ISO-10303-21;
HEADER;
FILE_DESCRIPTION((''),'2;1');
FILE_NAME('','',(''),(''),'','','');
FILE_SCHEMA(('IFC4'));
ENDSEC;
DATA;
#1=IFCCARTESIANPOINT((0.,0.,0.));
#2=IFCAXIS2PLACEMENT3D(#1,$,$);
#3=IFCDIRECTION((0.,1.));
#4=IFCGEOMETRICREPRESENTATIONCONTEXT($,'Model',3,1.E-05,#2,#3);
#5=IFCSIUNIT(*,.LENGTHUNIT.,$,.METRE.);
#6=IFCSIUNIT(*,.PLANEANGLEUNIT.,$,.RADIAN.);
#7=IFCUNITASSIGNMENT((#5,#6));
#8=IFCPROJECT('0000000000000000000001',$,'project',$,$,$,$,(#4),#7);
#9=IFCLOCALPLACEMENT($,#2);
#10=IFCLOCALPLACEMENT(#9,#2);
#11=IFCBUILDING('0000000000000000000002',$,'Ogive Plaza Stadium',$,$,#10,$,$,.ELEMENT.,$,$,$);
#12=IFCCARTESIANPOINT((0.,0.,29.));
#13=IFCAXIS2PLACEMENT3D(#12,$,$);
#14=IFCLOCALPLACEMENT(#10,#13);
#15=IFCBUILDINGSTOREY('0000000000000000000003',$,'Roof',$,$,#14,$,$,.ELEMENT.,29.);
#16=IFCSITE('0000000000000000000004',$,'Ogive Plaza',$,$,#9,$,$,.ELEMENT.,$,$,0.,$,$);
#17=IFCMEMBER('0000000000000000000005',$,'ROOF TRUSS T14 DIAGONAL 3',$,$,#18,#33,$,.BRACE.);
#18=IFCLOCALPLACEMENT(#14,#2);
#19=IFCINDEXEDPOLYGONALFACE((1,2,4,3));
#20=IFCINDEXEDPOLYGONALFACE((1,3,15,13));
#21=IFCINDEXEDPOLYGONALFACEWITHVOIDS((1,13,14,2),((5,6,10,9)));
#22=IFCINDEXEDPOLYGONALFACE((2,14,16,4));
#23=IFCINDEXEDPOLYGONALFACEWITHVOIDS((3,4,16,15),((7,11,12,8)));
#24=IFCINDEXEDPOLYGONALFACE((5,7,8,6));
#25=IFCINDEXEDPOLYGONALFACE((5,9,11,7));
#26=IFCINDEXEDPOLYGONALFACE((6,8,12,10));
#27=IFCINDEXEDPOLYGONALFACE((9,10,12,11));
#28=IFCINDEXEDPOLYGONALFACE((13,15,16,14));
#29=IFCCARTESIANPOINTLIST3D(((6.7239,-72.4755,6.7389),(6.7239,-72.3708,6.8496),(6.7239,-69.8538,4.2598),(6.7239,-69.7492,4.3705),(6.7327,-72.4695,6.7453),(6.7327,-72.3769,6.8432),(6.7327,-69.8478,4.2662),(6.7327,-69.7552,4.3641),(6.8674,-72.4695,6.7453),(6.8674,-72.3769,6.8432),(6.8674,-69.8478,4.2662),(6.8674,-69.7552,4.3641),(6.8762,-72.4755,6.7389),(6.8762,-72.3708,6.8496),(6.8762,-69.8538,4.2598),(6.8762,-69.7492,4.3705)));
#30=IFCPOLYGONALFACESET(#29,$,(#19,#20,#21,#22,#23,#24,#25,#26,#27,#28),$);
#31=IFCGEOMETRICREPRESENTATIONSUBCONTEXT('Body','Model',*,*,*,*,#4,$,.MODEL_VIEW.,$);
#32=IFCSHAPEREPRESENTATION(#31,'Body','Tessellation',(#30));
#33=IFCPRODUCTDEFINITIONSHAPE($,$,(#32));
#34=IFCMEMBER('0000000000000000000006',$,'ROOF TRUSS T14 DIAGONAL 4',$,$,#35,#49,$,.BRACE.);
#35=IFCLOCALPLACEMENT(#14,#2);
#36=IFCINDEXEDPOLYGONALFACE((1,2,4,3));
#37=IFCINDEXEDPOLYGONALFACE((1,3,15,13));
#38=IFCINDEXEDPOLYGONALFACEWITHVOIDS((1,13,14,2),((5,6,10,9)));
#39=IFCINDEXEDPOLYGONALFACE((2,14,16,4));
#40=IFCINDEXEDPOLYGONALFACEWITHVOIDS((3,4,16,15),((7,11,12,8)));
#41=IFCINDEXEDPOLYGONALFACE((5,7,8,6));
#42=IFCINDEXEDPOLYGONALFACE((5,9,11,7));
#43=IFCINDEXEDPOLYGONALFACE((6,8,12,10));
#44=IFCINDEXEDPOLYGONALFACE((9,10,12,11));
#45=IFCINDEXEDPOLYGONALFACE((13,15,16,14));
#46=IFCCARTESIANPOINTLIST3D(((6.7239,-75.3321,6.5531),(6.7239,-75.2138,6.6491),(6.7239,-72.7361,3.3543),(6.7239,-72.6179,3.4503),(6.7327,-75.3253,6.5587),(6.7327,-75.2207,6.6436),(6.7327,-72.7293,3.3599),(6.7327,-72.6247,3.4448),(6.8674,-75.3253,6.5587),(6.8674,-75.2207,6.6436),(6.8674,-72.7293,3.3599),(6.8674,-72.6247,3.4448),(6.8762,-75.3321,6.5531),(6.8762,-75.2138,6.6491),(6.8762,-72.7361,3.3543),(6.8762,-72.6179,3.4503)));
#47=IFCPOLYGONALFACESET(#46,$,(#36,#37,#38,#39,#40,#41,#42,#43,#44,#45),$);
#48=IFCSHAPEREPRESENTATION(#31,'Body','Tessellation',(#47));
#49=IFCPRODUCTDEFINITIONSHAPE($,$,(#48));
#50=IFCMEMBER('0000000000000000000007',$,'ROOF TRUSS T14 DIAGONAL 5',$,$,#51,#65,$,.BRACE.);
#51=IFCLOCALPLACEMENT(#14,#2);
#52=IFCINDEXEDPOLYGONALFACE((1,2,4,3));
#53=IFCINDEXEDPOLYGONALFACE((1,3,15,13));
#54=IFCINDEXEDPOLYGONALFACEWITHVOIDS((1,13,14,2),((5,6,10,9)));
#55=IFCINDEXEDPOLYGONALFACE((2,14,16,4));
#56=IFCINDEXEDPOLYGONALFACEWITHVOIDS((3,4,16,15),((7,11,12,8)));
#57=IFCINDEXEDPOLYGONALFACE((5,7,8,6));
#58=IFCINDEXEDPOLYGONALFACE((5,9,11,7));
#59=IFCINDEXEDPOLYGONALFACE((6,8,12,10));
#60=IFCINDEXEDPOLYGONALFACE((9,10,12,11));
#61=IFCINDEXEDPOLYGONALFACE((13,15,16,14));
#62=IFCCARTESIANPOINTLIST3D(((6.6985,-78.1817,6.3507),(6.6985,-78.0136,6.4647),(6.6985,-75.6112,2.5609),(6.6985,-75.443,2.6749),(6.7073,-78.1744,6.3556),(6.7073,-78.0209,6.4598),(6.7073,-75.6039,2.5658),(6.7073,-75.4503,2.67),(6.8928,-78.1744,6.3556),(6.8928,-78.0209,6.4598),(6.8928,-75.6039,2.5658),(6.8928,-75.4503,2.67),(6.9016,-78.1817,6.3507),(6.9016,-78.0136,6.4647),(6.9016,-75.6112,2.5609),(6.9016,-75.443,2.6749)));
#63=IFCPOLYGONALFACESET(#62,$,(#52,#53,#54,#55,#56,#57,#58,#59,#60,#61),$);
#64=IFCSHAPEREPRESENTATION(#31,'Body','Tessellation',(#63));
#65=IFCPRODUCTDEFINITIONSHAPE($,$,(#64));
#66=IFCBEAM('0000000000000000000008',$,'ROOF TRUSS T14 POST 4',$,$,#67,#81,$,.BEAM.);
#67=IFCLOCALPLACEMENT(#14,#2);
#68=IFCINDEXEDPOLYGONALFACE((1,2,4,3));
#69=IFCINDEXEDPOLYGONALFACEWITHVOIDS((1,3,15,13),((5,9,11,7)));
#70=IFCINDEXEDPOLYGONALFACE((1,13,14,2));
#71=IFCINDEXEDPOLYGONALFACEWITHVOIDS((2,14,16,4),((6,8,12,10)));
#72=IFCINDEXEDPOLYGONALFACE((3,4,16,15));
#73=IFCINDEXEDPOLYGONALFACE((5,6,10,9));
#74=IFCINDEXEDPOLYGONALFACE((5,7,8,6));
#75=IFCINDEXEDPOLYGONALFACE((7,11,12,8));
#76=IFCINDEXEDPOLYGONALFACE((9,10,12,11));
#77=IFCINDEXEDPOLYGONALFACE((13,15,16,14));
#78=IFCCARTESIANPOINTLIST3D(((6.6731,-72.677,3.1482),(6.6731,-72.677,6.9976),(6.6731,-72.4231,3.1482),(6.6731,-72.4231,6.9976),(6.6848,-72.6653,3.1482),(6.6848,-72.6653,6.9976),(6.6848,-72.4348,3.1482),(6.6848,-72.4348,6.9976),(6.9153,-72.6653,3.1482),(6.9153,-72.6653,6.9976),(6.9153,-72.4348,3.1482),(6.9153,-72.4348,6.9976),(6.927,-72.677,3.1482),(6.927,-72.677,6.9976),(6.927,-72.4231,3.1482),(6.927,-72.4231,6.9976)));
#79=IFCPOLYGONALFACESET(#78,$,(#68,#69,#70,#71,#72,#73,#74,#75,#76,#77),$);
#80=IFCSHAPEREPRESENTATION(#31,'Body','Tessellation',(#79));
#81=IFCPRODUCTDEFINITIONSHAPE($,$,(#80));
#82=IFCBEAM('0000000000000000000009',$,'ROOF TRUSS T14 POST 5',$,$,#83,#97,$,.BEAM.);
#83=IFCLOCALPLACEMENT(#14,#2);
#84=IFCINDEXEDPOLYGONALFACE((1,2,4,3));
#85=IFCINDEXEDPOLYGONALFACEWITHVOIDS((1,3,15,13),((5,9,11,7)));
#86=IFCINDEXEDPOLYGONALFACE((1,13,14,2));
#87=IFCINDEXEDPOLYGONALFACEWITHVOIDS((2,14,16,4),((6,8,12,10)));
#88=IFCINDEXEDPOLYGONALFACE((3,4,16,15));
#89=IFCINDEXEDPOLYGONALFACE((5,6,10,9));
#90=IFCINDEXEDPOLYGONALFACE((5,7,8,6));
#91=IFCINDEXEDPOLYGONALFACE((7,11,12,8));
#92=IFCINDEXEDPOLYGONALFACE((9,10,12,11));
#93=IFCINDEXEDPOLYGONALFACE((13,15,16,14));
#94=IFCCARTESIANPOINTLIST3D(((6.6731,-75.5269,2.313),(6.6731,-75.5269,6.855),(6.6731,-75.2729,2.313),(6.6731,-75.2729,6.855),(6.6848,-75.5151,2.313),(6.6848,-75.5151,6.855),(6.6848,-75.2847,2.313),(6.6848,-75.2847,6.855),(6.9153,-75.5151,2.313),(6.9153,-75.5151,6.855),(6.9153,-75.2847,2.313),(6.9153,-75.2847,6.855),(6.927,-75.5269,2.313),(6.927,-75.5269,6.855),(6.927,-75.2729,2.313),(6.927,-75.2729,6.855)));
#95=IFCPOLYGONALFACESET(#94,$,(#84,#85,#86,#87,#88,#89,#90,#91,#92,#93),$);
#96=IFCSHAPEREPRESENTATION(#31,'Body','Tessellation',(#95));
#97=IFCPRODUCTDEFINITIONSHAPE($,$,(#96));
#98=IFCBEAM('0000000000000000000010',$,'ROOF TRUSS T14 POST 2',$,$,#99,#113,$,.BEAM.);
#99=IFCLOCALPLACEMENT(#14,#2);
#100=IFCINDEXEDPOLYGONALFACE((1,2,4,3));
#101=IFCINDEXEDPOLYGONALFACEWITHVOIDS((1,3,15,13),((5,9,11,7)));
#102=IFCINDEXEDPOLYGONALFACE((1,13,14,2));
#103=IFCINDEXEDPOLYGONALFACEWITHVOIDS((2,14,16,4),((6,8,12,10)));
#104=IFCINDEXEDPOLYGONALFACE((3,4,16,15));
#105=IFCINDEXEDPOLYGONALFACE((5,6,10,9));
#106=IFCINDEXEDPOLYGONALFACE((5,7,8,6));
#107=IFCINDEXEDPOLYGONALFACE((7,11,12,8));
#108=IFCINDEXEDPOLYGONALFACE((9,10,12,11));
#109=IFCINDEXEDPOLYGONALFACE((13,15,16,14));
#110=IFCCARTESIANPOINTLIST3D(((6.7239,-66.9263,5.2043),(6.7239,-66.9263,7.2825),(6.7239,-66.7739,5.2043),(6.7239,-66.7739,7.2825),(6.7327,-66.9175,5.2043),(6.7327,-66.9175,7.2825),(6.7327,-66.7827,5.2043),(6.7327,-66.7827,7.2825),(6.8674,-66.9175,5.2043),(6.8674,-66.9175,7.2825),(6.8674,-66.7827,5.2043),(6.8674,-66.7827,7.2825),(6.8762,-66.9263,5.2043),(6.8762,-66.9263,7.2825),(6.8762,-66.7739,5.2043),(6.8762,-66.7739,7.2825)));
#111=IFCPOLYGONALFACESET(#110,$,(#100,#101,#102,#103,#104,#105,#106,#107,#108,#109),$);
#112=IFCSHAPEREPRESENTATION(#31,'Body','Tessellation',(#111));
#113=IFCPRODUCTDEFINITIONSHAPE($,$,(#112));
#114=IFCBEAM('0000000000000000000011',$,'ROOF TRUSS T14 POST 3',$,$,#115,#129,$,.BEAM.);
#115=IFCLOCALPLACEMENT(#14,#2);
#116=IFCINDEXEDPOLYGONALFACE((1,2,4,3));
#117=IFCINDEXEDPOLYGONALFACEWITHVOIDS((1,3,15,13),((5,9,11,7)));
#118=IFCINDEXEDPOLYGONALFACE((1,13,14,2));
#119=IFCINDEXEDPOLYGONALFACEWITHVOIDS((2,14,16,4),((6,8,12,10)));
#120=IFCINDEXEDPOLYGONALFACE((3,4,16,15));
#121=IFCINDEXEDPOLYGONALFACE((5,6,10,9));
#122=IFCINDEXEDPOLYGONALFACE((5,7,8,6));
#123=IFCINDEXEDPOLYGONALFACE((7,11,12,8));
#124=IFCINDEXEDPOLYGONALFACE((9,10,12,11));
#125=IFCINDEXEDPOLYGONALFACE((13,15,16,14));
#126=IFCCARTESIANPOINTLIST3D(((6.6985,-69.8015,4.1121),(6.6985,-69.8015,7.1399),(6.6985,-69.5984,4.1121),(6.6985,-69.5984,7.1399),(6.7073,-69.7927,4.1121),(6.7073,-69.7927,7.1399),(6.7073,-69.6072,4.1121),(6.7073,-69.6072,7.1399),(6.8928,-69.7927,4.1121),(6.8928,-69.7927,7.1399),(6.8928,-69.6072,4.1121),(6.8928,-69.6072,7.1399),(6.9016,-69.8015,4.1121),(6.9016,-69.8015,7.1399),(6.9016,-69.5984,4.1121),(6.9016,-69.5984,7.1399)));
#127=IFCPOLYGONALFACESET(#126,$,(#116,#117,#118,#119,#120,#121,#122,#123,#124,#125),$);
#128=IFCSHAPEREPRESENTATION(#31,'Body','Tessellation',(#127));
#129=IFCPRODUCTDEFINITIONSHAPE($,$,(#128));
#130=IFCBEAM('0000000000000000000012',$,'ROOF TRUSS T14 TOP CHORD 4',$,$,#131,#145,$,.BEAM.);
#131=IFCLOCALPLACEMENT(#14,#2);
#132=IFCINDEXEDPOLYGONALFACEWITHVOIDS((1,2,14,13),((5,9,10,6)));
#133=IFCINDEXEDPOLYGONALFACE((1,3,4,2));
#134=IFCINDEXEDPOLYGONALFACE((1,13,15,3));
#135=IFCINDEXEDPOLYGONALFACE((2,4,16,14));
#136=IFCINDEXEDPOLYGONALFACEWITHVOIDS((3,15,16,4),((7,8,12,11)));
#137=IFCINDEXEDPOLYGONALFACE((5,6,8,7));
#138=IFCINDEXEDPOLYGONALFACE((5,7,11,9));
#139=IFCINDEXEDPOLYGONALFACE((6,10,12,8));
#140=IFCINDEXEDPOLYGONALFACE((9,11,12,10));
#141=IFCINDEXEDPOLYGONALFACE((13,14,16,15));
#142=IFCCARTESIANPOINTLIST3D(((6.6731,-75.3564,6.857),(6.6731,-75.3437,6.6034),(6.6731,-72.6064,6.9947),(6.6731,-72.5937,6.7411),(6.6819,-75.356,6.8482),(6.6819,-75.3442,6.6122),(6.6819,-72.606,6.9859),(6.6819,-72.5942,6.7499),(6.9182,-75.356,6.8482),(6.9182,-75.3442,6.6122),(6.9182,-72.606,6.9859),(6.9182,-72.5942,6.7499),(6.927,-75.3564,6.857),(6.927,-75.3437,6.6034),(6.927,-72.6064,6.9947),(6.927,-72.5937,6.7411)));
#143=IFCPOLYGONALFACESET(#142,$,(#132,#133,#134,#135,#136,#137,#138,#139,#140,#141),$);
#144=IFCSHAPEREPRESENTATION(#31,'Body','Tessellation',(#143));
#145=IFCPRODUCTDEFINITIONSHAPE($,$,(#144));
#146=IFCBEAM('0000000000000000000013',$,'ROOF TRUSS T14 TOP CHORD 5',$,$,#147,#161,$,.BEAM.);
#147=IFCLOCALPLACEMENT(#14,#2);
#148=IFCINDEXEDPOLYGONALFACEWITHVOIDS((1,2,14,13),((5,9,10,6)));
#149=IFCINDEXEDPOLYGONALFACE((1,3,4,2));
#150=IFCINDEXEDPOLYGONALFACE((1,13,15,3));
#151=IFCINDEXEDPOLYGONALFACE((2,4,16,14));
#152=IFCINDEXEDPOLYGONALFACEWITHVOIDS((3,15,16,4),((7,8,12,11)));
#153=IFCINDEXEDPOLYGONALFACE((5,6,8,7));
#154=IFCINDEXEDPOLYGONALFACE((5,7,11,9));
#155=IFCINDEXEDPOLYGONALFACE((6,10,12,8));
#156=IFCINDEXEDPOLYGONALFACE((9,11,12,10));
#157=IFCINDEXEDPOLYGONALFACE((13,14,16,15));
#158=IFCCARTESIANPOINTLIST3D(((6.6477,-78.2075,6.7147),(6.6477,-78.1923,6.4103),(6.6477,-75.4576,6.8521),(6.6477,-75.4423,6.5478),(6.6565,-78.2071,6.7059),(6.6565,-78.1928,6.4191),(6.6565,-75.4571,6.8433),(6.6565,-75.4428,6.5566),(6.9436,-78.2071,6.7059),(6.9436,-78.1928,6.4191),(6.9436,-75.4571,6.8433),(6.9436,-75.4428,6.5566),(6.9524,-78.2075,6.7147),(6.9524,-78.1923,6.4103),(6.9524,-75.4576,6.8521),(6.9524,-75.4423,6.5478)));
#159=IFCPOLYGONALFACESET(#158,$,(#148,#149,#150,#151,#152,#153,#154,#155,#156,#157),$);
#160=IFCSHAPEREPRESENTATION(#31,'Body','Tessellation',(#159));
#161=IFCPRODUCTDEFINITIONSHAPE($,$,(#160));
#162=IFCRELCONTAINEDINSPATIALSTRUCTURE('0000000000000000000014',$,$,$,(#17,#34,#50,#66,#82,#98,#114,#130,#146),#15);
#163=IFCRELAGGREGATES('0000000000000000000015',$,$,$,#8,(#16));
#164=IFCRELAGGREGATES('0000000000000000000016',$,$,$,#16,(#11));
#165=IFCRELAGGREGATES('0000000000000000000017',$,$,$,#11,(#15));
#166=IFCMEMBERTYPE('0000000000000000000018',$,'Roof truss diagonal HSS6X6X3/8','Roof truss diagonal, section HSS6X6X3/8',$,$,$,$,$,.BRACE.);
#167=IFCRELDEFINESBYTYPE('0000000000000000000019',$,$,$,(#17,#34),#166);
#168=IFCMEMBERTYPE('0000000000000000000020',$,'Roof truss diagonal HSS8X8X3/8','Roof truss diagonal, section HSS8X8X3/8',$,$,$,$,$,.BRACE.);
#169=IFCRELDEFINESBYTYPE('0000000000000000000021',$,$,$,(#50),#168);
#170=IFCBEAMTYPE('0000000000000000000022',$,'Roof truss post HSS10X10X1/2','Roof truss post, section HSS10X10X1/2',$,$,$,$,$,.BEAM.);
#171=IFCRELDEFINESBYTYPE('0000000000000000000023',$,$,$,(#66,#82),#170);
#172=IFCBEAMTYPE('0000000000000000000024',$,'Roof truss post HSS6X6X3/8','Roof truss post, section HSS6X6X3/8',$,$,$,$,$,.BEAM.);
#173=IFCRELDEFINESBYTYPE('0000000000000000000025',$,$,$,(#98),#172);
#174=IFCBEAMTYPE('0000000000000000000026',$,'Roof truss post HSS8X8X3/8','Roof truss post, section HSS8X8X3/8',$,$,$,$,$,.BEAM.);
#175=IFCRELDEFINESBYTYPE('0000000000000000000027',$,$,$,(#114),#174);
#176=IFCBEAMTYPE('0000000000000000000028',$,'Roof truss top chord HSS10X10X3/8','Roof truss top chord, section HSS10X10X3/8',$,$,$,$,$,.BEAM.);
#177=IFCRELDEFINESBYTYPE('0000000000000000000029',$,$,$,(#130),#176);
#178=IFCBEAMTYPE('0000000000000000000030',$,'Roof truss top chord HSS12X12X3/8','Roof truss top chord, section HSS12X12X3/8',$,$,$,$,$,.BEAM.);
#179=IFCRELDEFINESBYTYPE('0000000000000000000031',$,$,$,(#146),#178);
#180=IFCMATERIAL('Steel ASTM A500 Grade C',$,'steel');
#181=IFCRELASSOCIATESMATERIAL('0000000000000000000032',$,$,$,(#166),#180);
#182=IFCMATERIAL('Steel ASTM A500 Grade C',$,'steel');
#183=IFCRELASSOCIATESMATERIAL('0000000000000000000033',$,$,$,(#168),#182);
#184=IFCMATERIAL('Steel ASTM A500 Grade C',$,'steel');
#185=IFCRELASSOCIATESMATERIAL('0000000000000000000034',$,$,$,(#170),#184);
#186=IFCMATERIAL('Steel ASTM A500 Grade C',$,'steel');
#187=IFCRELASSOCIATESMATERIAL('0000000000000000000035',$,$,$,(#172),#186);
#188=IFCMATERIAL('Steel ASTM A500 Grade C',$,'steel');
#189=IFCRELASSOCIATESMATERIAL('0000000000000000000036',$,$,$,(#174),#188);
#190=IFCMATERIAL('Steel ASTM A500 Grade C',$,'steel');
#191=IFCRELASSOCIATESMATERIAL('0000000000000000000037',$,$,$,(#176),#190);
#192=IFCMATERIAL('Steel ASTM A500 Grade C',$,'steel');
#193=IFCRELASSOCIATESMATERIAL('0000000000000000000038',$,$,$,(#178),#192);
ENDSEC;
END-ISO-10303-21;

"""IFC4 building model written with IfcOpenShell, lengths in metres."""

from ifc_helpers import new_model, si_unit, direction, frame, origin, origin_2d, place, context, subcontext, project, spatial, hollow_rectangle, extrude, material, material_profile, profile_set, type_object, element, save


model = new_model("IFC4")

# Units and contexts
model_context = context("Model", 3, precision=1e-05, world=origin(), true_north=direction((0.0, 1.0)))
body_context = subcontext(model_context, "Body", "Model", "MODEL_VIEW")
ifc_project = project(units=[si_unit("LENGTHUNIT", "METRE"), si_unit("PLANEANGLEUNIT", "RADIAN")], contexts=[model_context])

# Site, building, storey
site_placement = place(None, origin())
site = spatial("IfcSite", under=ifc_project, at=site_placement, Name="Ogive Plaza", CompositionType="ELEMENT", RefElevation=0.0)
building_placement = place(site_placement, origin())
building = spatial("IfcBuilding", under=site, at=building_placement, Name="Ogive Plaza Stadium", CompositionType="ELEMENT")
storey_placement = place(building_placement, frame((0.0, 0.0, 29.0)))
storey = spatial("IfcBuildingStorey", under=building, at=storey_placement, Name="Roof", CompositionType="ELEMENT", Elevation=29.0)

# Members
ifc_material_1 = material(Name="Steel ASTM A500 Grade C", Category="steel")
ifc_material_profile_1 = material_profile(ifc_material_1, hollow_rectangle(XDim=0.1523, YDim=0.1523, WallThickness=0.0088, at=origin_2d()), Name="HSS6X6X3/8")
ifc_profile_set_1 = profile_set([ifc_material_profile_1], Name="Steel ASTM A500 Grade C")
member_type_1 = type_object("IfcMemberType", Name="Roof truss diagonal HSS6X6X3/8", Description="Roof truss diagonal, section HSS6X6X3/8", PredefinedType="BRACE", material=ifc_profile_set_1)
member_1_placement = place(storey_placement, frame((6.8, -69.8015, 4.3152), z_axis=(0.0, -0.726589, 0.687072), x_axis=(1.0, 0.0, 0.0)))
element("IfcMember", 1, at=member_1_placement, inside=storey, type_object=member_type_1, Name="ROOF TRUSS T14 DIAGONAL 3", PredefinedType="BRACE", context=body_context, shape_type="SweptSolid", body=[
    extrude(hollow_rectangle(XDim=0.1523, YDim=0.1523, WallThickness=0.0088, at=origin_2d()), origin(), (0.0, 0.0, 1.0), 3.6082),
])
member_2_placement = place(storey_placement, frame((6.8, -72.677, 3.4023), z_axis=(0.0, -0.630151, 0.776473), x_axis=(1.0, 0.0, 0.0)))
element("IfcMember", 2, at=member_2_placement, inside=storey, type_object=member_type_1, Name="ROOF TRUSS T14 DIAGONAL 4", PredefinedType="BRACE", context=body_context, shape_type="SweptSolid", body=[
    extrude(hollow_rectangle(XDim=0.1523, YDim=0.1523, WallThickness=0.0088, at=origin_2d()), origin(), (0.0, 0.0, 1.0), 4.1196),
])
ifc_material_2 = material(Name="Steel ASTM A500 Grade C", Category="steel")
ifc_material_profile_2 = material_profile(ifc_material_2, hollow_rectangle(XDim=0.2031, YDim=0.2031, WallThickness=0.0088, at=origin_2d()), Name="HSS8X8X3/8")
ifc_profile_set_2 = profile_set([ifc_material_profile_2], Name="Steel ASTM A500 Grade C")
member_type_2 = type_object("IfcMemberType", Name="Roof truss diagonal HSS8X8X3/8", Description="Roof truss diagonal, section HSS8X8X3/8", PredefinedType="BRACE", material=ifc_profile_set_2)
member_3_placement = place(storey_placement, frame((6.8, -75.5271, 2.6179), z_axis=(0.0, -0.561338, 0.827586), x_axis=(1.0, 0.0, 0.0)))
element("IfcMember", 3, at=member_3_placement, inside=storey, type_object=member_type_2, Name="ROOF TRUSS T14 DIAGONAL 5", PredefinedType="BRACE", context=body_context, shape_type="SweptSolid", body=[
    extrude(hollow_rectangle(XDim=0.2031, YDim=0.2031, WallThickness=0.0088, at=origin_2d()), origin(), (0.0, 0.0, 1.0), 4.5793),
])

# Beams
ifc_material_3 = material(Name="Steel ASTM A500 Grade C", Category="steel")
ifc_material_profile_3 = material_profile(ifc_material_3, hollow_rectangle(XDim=0.2539, YDim=0.2539, WallThickness=0.0117, at=origin_2d()), Name="HSS10X10X1/2")
ifc_profile_set_3 = profile_set([ifc_material_profile_3], Name="Steel ASTM A500 Grade C")
beam_type_1 = type_object("IfcBeamType", Name="Roof truss post HSS10X10X1/2", Description="Roof truss post, section HSS10X10X1/2", PredefinedType="BEAM", material=ifc_profile_set_3)
beam_1_placement = place(storey_placement, frame((6.8, -72.55, 3.1482), z_axis=(0.0, 0.0, 1.0), x_axis=(1.0, 0.0, 0.0)))
element("IfcBeam", 4, at=beam_1_placement, inside=storey, type_object=beam_type_1, Name="ROOF TRUSS T14 POST 4", PredefinedType="BEAM", context=body_context, shape_type="SweptSolid", body=[
    extrude(hollow_rectangle(XDim=0.2539, YDim=0.2539, WallThickness=0.0117, at=origin_2d()), origin(), (0.0, 0.0, 1.0), 3.8494),
])
beam_2_placement = place(storey_placement, frame((6.8, -75.3999, 2.313), z_axis=(0.0, 0.0, 1.0), x_axis=(1.0, 0.0, 0.0)))
element("IfcBeam", 5, at=beam_2_placement, inside=storey, type_object=beam_type_1, Name="ROOF TRUSS T14 POST 5", PredefinedType="BEAM", context=body_context, shape_type="SweptSolid", body=[
    extrude(hollow_rectangle(XDim=0.2539, YDim=0.2539, WallThickness=0.0117, at=origin_2d()), origin(), (0.0, 0.0, 1.0), 4.542),
])
ifc_material_4 = material(Name="Steel ASTM A500 Grade C", Category="steel")
ifc_material_profile_4 = material_profile(ifc_material_4, hollow_rectangle(XDim=0.1523, YDim=0.1523, WallThickness=0.0088, at=origin_2d()), Name="HSS6X6X3/8")
ifc_profile_set_4 = profile_set([ifc_material_profile_4], Name="Steel ASTM A500 Grade C")
beam_type_2 = type_object("IfcBeamType", Name="Roof truss post HSS6X6X3/8", Description="Roof truss post, section HSS6X6X3/8", PredefinedType="BEAM", material=ifc_profile_set_4)
beam_3_placement = place(storey_placement, frame((6.8, -66.8501, 5.2043), z_axis=(0.0, 0.0, 1.0), x_axis=(1.0, 0.0, 0.0)))
element("IfcBeam", 6, at=beam_3_placement, inside=storey, type_object=beam_type_2, Name="ROOF TRUSS T14 POST 2", PredefinedType="BEAM", context=body_context, shape_type="SweptSolid", body=[
    extrude(hollow_rectangle(XDim=0.1523, YDim=0.1523, WallThickness=0.0088, at=origin_2d()), origin(), (0.0, 0.0, 1.0), 2.0781),
])
ifc_material_5 = material(Name="Steel ASTM A500 Grade C", Category="steel")
ifc_material_profile_5 = material_profile(ifc_material_5, hollow_rectangle(XDim=0.2031, YDim=0.2031, WallThickness=0.0088, at=origin_2d()), Name="HSS8X8X3/8")
ifc_profile_set_5 = profile_set([ifc_material_profile_5], Name="Steel ASTM A500 Grade C")
beam_type_3 = type_object("IfcBeamType", Name="Roof truss post HSS8X8X3/8", Description="Roof truss post, section HSS8X8X3/8", PredefinedType="BEAM", material=ifc_profile_set_5)
beam_4_placement = place(storey_placement, frame((6.8, -69.7, 4.1121), z_axis=(0.0, 0.0, 1.0), x_axis=(1.0, 0.0, 0.0)))
element("IfcBeam", 7, at=beam_4_placement, inside=storey, type_object=beam_type_3, Name="ROOF TRUSS T14 POST 3", PredefinedType="BEAM", context=body_context, shape_type="SweptSolid", body=[
    extrude(hollow_rectangle(XDim=0.2031, YDim=0.2031, WallThickness=0.0088, at=origin_2d()), origin(), (0.0, 0.0, 1.0), 3.0278),
])
ifc_material_6 = material(Name="Steel ASTM A500 Grade C", Category="steel")
ifc_material_profile_6 = material_profile(ifc_material_6, hollow_rectangle(XDim=0.2539, YDim=0.2539, WallThickness=0.0088, at=origin_2d()), Name="HSS10X10X3/8")
ifc_profile_set_6 = profile_set([ifc_material_profile_6], Name="Steel ASTM A500 Grade C")
beam_type_4 = type_object("IfcBeamType", Name="Roof truss top chord HSS10X10X3/8", Description="Roof truss top chord, section HSS10X10X3/8", PredefinedType="BEAM", material=ifc_profile_set_6)
beam_5_placement = place(storey_placement, frame((6.8, -72.6001, 6.8679), z_axis=(0.0, -0.998749, -0.050008), x_axis=(1.0, 0.0, 0.0)))
element("IfcBeam", 8, at=beam_5_placement, inside=storey, type_object=beam_type_4, Name="ROOF TRUSS T14 TOP CHORD 4", PredefinedType="BEAM", context=body_context, shape_type="SweptSolid", body=[
    extrude(hollow_rectangle(XDim=0.2539, YDim=0.2539, WallThickness=0.0088, at=origin_2d()), origin(), (0.0, 0.0, 1.0), 2.7534),
])
ifc_material_7 = material(Name="Steel ASTM A500 Grade C", Category="steel")
ifc_material_profile_7 = material_profile(ifc_material_7, hollow_rectangle(XDim=0.3047, YDim=0.3047, WallThickness=0.0088, at=origin_2d()), Name="HSS12X12X3/8")
ifc_profile_set_7 = profile_set([ifc_material_profile_7], Name="Steel ASTM A500 Grade C")
beam_type_5 = type_object("IfcBeamType", Name="Roof truss top chord HSS12X12X3/8", Description="Roof truss top chord, section HSS12X12X3/8", PredefinedType="BEAM", material=ifc_profile_set_7)
beam_6_placement = place(storey_placement, frame((6.8, -75.45, 6.7), z_axis=(0.0, -0.998753, -0.04992), x_axis=(1.0, 0.0, 0.0)))
element("IfcBeam", 9, at=beam_6_placement, inside=storey, type_object=beam_type_5, Name="ROOF TRUSS T14 TOP CHORD 5", PredefinedType="BEAM", context=body_context, shape_type="SweptSolid", body=[
    extrude(hollow_rectangle(XDim=0.3047, YDim=0.3047, WallThickness=0.0088, at=origin_2d()), origin(), (0.0, 0.0, 1.0), 2.7534),
])

save(model, "model.ifc")
